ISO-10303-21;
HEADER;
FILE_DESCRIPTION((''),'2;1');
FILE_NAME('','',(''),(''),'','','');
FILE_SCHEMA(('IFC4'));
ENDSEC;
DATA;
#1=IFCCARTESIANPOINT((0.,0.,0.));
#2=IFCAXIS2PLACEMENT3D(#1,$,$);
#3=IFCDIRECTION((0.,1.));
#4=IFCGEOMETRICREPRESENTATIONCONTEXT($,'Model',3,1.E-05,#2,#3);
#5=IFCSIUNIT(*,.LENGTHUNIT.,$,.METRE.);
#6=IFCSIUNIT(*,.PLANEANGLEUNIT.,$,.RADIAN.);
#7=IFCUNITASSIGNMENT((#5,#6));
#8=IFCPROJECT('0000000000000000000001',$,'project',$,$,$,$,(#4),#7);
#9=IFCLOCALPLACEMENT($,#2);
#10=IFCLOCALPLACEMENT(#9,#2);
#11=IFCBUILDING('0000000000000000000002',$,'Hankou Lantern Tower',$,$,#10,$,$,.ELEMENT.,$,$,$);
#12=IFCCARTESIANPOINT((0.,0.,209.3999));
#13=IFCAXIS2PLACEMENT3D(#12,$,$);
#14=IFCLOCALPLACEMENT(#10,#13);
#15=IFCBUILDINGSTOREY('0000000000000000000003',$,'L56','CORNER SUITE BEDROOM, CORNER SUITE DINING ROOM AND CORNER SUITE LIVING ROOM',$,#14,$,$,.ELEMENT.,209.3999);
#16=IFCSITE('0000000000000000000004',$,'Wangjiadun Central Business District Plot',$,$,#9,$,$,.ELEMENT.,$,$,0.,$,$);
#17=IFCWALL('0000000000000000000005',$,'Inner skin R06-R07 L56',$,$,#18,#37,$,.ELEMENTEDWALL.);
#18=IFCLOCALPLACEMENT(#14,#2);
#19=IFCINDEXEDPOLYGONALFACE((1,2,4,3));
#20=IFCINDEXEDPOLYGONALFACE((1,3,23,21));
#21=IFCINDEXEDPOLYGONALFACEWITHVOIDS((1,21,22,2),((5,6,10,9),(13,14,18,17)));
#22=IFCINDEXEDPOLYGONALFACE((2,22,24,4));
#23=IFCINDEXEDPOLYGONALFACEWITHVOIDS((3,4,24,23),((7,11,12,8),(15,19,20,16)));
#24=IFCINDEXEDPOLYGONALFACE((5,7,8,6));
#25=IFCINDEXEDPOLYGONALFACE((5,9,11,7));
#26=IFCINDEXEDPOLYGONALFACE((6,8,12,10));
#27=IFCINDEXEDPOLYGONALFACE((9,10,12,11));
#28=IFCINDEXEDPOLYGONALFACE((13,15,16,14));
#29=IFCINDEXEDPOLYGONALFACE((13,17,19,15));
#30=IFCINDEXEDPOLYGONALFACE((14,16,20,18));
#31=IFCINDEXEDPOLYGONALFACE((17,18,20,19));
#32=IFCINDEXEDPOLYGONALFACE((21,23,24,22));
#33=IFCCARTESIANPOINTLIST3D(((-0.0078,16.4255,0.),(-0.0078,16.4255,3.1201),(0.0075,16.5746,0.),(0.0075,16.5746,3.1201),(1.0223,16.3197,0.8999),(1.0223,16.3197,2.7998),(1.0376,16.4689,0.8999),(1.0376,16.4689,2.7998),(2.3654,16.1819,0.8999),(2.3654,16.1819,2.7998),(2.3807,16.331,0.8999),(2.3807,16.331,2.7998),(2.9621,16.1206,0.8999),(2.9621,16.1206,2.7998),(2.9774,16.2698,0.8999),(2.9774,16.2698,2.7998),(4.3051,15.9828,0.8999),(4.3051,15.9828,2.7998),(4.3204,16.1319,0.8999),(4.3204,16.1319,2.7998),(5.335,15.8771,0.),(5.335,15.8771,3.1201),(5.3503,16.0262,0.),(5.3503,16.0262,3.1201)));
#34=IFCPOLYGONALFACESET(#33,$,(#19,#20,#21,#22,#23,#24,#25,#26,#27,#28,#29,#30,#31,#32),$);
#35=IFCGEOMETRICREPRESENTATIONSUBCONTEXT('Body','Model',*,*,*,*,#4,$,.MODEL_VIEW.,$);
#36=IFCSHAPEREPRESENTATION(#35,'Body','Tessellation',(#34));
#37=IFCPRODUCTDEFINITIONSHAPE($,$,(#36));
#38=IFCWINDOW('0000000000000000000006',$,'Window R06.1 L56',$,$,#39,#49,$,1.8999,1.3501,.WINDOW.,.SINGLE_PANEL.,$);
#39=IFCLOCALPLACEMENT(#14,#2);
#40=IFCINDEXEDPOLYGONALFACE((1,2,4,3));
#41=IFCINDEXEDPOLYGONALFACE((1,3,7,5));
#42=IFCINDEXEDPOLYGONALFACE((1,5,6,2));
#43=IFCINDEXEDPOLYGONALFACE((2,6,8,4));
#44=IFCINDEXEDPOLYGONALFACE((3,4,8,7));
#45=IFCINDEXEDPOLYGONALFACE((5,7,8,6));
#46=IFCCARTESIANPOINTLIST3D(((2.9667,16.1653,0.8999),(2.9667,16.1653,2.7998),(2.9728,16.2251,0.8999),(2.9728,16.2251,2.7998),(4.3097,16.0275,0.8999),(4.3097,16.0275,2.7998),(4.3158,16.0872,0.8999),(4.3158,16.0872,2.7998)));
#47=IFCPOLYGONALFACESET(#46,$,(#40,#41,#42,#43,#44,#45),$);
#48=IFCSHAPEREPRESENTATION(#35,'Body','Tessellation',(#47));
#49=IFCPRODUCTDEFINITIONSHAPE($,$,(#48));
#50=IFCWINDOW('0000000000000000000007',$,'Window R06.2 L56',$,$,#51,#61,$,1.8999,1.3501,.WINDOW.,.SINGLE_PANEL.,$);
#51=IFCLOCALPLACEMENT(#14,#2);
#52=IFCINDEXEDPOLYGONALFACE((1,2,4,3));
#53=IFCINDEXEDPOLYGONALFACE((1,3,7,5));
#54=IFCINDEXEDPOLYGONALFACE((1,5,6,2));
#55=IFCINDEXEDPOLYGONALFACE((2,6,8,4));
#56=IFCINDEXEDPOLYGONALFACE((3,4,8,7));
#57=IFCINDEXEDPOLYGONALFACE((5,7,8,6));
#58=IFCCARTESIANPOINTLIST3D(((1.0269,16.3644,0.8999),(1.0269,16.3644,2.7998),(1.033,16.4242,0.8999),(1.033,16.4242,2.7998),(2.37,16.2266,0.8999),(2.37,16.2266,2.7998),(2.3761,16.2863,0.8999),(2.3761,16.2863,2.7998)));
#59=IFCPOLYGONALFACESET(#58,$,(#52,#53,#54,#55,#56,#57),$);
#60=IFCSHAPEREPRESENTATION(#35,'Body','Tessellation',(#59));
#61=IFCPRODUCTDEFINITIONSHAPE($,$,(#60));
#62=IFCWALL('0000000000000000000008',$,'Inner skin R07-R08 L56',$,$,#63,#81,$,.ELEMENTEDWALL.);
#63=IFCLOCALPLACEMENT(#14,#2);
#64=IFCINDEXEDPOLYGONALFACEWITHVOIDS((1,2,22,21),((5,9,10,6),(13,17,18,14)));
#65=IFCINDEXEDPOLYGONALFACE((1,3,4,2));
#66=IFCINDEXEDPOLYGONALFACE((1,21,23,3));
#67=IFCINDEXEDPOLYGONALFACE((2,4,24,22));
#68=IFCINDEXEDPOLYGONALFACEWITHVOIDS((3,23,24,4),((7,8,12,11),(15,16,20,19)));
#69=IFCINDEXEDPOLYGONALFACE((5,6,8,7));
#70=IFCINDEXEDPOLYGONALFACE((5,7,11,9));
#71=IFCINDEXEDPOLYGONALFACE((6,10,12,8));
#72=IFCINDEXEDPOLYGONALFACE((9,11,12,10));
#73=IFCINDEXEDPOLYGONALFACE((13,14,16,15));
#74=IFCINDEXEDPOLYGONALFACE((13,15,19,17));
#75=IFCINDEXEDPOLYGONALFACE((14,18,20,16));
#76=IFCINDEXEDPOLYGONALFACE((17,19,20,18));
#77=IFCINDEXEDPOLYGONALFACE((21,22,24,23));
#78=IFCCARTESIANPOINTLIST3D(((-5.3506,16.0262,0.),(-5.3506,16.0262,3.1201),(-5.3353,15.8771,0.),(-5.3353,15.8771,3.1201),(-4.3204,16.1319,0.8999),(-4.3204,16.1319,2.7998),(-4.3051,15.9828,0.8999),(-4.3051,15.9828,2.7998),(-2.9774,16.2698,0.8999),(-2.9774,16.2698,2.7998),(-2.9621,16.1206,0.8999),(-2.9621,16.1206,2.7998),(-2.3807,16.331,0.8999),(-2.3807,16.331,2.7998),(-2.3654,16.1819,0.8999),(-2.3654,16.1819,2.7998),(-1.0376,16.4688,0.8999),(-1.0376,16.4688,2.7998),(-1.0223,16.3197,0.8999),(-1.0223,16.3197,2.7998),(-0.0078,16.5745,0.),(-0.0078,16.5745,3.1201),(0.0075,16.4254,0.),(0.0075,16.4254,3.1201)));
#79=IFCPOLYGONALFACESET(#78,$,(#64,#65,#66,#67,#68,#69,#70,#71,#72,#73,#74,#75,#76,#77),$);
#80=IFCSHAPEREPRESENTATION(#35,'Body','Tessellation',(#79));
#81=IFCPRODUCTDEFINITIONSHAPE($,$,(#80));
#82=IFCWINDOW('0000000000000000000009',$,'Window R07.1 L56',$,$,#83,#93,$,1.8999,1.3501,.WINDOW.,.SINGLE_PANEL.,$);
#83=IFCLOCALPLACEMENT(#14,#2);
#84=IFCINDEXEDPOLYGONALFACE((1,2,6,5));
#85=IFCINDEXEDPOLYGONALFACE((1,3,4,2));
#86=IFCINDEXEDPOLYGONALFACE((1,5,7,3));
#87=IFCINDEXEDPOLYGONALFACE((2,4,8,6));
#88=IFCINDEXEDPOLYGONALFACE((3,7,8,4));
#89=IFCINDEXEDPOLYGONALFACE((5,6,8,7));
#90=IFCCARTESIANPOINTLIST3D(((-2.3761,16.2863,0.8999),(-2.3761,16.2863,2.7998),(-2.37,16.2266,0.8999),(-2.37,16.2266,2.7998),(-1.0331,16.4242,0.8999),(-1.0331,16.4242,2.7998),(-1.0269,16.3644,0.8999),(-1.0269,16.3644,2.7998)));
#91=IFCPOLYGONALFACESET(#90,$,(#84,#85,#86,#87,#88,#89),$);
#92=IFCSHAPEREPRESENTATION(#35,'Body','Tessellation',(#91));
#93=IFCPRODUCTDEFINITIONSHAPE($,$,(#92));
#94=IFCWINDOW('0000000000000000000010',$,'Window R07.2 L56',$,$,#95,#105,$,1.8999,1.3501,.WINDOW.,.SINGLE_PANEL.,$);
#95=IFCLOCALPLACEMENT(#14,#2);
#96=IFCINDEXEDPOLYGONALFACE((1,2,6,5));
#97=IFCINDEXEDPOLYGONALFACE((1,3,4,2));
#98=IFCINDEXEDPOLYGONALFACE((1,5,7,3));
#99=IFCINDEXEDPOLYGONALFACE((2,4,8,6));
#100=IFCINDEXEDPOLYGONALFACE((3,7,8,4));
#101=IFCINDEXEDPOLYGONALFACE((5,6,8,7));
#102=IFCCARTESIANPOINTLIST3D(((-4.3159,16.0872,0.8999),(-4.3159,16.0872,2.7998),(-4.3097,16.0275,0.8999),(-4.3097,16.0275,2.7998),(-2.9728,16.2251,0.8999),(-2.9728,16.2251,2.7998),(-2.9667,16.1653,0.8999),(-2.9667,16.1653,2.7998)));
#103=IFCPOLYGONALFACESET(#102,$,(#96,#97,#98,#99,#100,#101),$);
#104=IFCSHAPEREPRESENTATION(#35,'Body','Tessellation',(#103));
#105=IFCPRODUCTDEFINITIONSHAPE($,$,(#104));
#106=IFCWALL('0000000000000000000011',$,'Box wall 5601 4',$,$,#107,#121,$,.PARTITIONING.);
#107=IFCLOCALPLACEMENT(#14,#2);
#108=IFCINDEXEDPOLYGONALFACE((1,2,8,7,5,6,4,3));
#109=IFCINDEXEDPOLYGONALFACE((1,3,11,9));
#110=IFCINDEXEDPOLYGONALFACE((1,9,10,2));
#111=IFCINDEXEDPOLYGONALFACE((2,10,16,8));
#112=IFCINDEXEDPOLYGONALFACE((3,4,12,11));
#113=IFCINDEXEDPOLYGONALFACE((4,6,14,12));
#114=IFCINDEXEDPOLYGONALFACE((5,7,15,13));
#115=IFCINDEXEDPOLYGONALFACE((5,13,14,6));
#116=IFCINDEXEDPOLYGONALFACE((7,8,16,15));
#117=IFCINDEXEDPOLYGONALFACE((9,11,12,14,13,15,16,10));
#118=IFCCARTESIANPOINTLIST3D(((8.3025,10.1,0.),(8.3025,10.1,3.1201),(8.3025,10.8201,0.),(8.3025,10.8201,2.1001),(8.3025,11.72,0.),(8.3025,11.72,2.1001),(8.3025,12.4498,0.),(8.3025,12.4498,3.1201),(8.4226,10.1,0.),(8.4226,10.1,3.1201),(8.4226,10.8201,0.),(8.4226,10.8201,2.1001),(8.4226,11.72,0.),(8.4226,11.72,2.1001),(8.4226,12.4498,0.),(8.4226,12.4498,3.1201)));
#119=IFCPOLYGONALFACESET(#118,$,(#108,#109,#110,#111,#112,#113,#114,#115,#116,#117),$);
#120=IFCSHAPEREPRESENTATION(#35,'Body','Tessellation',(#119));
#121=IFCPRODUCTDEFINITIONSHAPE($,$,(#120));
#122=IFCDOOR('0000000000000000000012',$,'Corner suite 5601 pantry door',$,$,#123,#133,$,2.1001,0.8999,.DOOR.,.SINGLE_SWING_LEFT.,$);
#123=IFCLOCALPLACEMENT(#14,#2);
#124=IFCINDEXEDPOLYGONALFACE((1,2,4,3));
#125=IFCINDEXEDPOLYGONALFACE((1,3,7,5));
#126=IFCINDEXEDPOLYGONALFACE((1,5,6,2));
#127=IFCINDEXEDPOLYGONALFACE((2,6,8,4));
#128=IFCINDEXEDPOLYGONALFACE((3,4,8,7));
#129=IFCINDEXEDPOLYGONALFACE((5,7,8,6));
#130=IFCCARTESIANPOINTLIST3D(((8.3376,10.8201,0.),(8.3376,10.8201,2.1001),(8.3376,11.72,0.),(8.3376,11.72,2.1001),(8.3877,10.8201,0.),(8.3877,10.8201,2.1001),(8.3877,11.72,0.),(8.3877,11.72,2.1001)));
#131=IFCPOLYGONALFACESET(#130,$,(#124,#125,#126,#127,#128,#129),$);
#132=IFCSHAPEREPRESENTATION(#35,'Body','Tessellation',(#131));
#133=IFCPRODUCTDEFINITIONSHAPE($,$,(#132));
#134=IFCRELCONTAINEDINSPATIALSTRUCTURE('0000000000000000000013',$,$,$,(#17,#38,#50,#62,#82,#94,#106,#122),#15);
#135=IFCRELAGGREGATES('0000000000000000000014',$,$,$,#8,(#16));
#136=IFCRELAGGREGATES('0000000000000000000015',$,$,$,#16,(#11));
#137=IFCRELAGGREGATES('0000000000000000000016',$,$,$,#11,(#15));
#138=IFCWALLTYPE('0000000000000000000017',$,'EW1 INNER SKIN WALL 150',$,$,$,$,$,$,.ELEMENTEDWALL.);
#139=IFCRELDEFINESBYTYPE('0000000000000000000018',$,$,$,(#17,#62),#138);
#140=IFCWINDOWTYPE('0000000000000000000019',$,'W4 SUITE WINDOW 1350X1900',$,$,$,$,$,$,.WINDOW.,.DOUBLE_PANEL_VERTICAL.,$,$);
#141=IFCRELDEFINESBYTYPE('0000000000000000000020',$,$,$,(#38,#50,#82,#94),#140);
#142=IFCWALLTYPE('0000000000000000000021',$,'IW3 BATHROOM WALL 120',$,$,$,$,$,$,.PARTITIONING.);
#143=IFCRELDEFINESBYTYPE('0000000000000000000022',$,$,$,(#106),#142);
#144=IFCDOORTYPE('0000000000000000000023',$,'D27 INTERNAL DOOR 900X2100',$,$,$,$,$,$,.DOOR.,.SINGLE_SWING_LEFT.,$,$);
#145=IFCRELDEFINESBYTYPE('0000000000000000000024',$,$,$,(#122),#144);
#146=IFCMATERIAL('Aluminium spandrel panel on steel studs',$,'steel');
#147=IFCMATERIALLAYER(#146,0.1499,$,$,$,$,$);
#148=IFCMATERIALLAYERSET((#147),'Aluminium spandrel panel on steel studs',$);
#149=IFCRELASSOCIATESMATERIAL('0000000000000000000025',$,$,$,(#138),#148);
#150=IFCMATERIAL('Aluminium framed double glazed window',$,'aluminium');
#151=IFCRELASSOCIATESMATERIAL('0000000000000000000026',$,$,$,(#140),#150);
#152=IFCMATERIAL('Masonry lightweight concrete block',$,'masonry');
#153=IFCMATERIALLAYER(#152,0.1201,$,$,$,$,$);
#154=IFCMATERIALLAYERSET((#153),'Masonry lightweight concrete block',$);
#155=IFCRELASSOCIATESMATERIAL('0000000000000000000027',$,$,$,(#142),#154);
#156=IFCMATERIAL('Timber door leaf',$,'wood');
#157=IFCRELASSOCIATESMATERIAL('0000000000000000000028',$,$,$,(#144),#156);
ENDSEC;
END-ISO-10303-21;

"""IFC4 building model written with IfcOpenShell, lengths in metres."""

from ifc_helpers import new_model, si_unit, direction, frame, frame_2d, origin, place, context, subcontext, project, spatial, rectangle, extrude, material, layer, layer_set, type_object, element, fill, save


model = new_model("IFC4")

# Units and contexts
model_context = context("Model", 3, precision=1e-05, world=origin(), true_north=direction((0.0, 1.0)))
body_context = subcontext(model_context, "Body", "Model", "MODEL_VIEW")
ifc_project = project(units=[si_unit("LENGTHUNIT", "METRE"), si_unit("PLANEANGLEUNIT", "RADIAN")], contexts=[model_context])

# Site, building, storey
site_placement = place(None, origin())
site = spatial("IfcSite", under=ifc_project, at=site_placement, Name="Wangjiadun Central Business District Plot", CompositionType="ELEMENT", RefElevation=0.0)
building_placement = place(site_placement, origin())
building = spatial("IfcBuilding", under=site, at=building_placement, Name="Hankou Lantern Tower", CompositionType="ELEMENT")
storey_placement = place(building_placement, frame((0.0, 0.0, 209.3999)))
storey = spatial("IfcBuildingStorey", under=building, at=storey_placement, Name="L56", Description="CORNER SUITE BEDROOM, CORNER SUITE DINING ROOM AND CORNER SUITE LIVING ROOM", CompositionType="ELEMENT", Elevation=209.3999)

# Walls, openings, windows
ifc_material_1 = material(Name="Aluminium spandrel panel on steel studs", Category="steel")
ifc_layer_1 = layer(ifc_material_1, 0.1499)
ifc_layer_set_1 = layer_set([ifc_layer_1], Name="Aluminium spandrel panel on steel studs")
wall_type_1 = type_object("IfcWallType", Name="EW1 INNER SKIN WALL 150", PredefinedType="ELEMENTEDWALL", material=ifc_layer_set_1)
wall_1_placement = place(storey_placement, frame((5.3428, 15.9517, 0.0), z_axis=(0.0, 0.0, 1.0), x_axis=(-0.994775, 0.102096, 0.0)))
wall_1 = element("IfcWall", 1, at=wall_1_placement, inside=storey, type_object=wall_type_1, Name="Inner skin R06-R07 L56", PredefinedType="ELEMENTEDWALL", context=body_context, shape_type="SweptSolid", body=[
    extrude(rectangle(XDim=5.3708, YDim=0.1499, at=frame_2d((2.6855, 0.0))), origin(), (0.0, 0.0, 1.0), 3.1201),
])
opening_1_placement = place(wall_1_placement, frame((1.0354, 0.0, 0.8999)))
opening_1 = element("IfcOpeningElement", 2, at=opening_1_placement, cuts=wall_1, PredefinedType="OPENING", context=body_context, shape_type="SweptSolid", body=[
    extrude(rectangle(XDim=1.3501, YDim=1.8999, at=frame_2d((0.675, 0.95))), frame((0.0, 0.085, 0.0), z_axis=(0.0, -1.0, 0.0), x_axis=(1.0, 0.0, 0.0)), (0.0, 0.0, 1.0), 0.1699),
])
opening_2_placement = place(wall_1_placement, frame((2.9854, 0.0, 0.8999)))
opening_2 = element("IfcOpeningElement", 3, at=opening_2_placement, cuts=wall_1, PredefinedType="OPENING", context=body_context, shape_type="SweptSolid", body=[
    extrude(rectangle(XDim=1.3501, YDim=1.8999, at=frame_2d((0.675, 0.95))), frame((0.0, 0.085, 0.0), z_axis=(0.0, -1.0, 0.0), x_axis=(1.0, 0.0, 0.0)), (0.0, 0.0, 1.0), 0.1699),
])
ifc_material_2 = material(Name="Aluminium framed double glazed window", Category="aluminium")
window_type = type_object("IfcWindowType", Name="W4 SUITE WINDOW 1350X1900", PartitioningType="DOUBLE_PANEL_VERTICAL", PredefinedType="WINDOW", material=ifc_material_2)
window_1_placement = place(opening_1_placement, origin())
window_1 = element("IfcWindow", 4, at=window_1_placement, inside=storey, type_object=window_type, Name="Window R06.1 L56", OverallHeight=1.8999, OverallWidth=1.3501, PartitioningType="SINGLE_PANEL", PredefinedType="WINDOW", context=body_context, shape_type="SweptSolid", body=[
    extrude(rectangle(XDim=1.3501, YDim=1.8999, at=frame_2d((0.675, 0.95))), frame((0.0, 0.03, 0.0), z_axis=(0.0, -1.0, 0.0), x_axis=(1.0, 0.0, 0.0)), (0.0, 0.0, 1.0), 0.0601),
])
fill(opening_1, window_1)
window_2_placement = place(opening_2_placement, origin())
window_2 = element("IfcWindow", 5, at=window_2_placement, inside=storey, type_object=window_type, Name="Window R06.2 L56", OverallHeight=1.8999, OverallWidth=1.3501, PartitioningType="SINGLE_PANEL", PredefinedType="WINDOW", context=body_context, shape_type="SweptSolid", body=[
    extrude(rectangle(XDim=1.3501, YDim=1.8999, at=frame_2d((0.675, 0.95))), frame((0.0, 0.03, 0.0), z_axis=(0.0, -1.0, 0.0), x_axis=(1.0, 0.0, 0.0)), (0.0, 0.0, 1.0), 0.0601),
])
fill(opening_2, window_2)
wall_2_placement = place(storey_placement, frame((0.0, 16.5, 0.0), z_axis=(0.0, 0.0, 1.0), x_axis=(-0.994775, -0.102096, 0.0)))
wall_2 = element("IfcWall", 6, at=wall_2_placement, inside=storey, type_object=wall_type_1, Name="Inner skin R07-R08 L56", PredefinedType="ELEMENTEDWALL", context=body_context, shape_type="SweptSolid", body=[
    extrude(rectangle(XDim=5.3708, YDim=0.1499, at=frame_2d((2.6855, 0.0))), origin(), (0.0, 0.0, 1.0), 3.1201),
])
opening_3_placement = place(wall_2_placement, frame((1.0354, 0.0, 0.8999)))
opening_3 = element("IfcOpeningElement", 7, at=opening_3_placement, cuts=wall_2, PredefinedType="OPENING", context=body_context, shape_type="SweptSolid", body=[
    extrude(rectangle(XDim=1.3501, YDim=1.8999, at=frame_2d((0.675, 0.95))), frame((0.0, 0.085, 0.0), z_axis=(0.0, -1.0, 0.0), x_axis=(1.0, 0.0, 0.0)), (0.0, 0.0, 1.0), 0.1699),
])
opening_4_placement = place(wall_2_placement, frame((2.9854, 0.0, 0.8999)))
opening_4 = element("IfcOpeningElement", 8, at=opening_4_placement, cuts=wall_2, PredefinedType="OPENING", context=body_context, shape_type="SweptSolid", body=[
    extrude(rectangle(XDim=1.3501, YDim=1.8999, at=frame_2d((0.675, 0.95))), frame((0.0, 0.085, 0.0), z_axis=(0.0, -1.0, 0.0), x_axis=(1.0, 0.0, 0.0)), (0.0, 0.0, 1.0), 0.1699),
])
window_3_placement = place(opening_3_placement, origin())
window_3 = element("IfcWindow", 9, at=window_3_placement, inside=storey, type_object=window_type, Name="Window R07.1 L56", OverallHeight=1.8999, OverallWidth=1.3501, PartitioningType="SINGLE_PANEL", PredefinedType="WINDOW", context=body_context, shape_type="SweptSolid", body=[
    extrude(rectangle(XDim=1.3501, YDim=1.8999, at=frame_2d((0.675, 0.95))), frame((0.0, 0.03, 0.0), z_axis=(0.0, -1.0, 0.0), x_axis=(1.0, 0.0, 0.0)), (0.0, 0.0, 1.0), 0.0601),
])
fill(opening_3, window_3)
window_4_placement = place(opening_4_placement, origin())
window_4 = element("IfcWindow", 10, at=window_4_placement, inside=storey, type_object=window_type, Name="Window R07.2 L56", OverallHeight=1.8999, OverallWidth=1.3501, PartitioningType="SINGLE_PANEL", PredefinedType="WINDOW", context=body_context, shape_type="SweptSolid", body=[
    extrude(rectangle(XDim=1.3501, YDim=1.8999, at=frame_2d((0.675, 0.95))), frame((0.0, 0.03, 0.0), z_axis=(0.0, -1.0, 0.0), x_axis=(1.0, 0.0, 0.0)), (0.0, 0.0, 1.0), 0.0601),
])
fill(opening_4, window_4)

# Wall, opening, door
ifc_material_3 = material(Name="Masonry lightweight concrete block", Category="masonry")
ifc_layer_2 = layer(ifc_material_3, 0.1201)
ifc_layer_set_2 = layer_set([ifc_layer_2], Name="Masonry lightweight concrete block")
wall_type_2 = type_object("IfcWallType", Name="IW3 BATHROOM WALL 120", PredefinedType="PARTITIONING", material=ifc_layer_set_2)
wall_3_placement = place(storey_placement, frame((8.3625, 10.1001, 0.0), z_axis=(0.0, 0.0, 1.0), x_axis=(0.0, 1.0, 0.0)))
wall_3 = element("IfcWall", 11, at=wall_3_placement, inside=storey, type_object=wall_type_2, Name="Box wall 5601 4", PredefinedType="PARTITIONING", context=body_context, shape_type="SweptSolid", body=[
    extrude(rectangle(XDim=2.3499, YDim=0.1201, at=frame_2d((1.1748, 0.0))), origin(), (0.0, 0.0, 1.0), 3.1201),
])
opening_5_placement = place(wall_3_placement, frame((0.72, 0.0, 0.0)))
opening_5 = element("IfcOpeningElement", 12, at=opening_5_placement, cuts=wall_3, PredefinedType="OPENING", context=body_context, shape_type="SweptSolid", body=[
    extrude(rectangle(XDim=0.8999, YDim=2.1001, at=frame_2d((0.45, 1.05))), frame((0.0, 0.0701, 0.0), z_axis=(0.0, -1.0, 0.0), x_axis=(1.0, 0.0, 0.0)), (0.0, 0.0, 1.0), 0.1401),
])
ifc_material_4 = material(Name="Timber door leaf", Category="wood")
door_type_1 = type_object("IfcDoorType", Name="D27 INTERNAL DOOR 900X2100", OperationType="SINGLE_SWING_LEFT", PredefinedType="DOOR", material=ifc_material_4)
door_1_placement = place(opening_5_placement, origin())
door_1 = element("IfcDoor", 13, at=door_1_placement, inside=storey, type_object=door_type_1, Name="Corner suite 5601 pantry door", OperationType="SINGLE_SWING_LEFT", OverallHeight=2.1001, OverallWidth=0.8999, PredefinedType="DOOR", context=body_context, shape_type="SweptSolid", body=[
    extrude(rectangle(XDim=0.8999, YDim=2.1001, at=frame_2d((0.45, 1.05))), frame((0.0, 0.0249, 0.0), z_axis=(0.0, -1.0, 0.0), x_axis=(1.0, 0.0, 0.0)), (0.0, 0.0, 1.0), 0.05),
])
fill(opening_5, door_1)

save(model, "model.ifc")
